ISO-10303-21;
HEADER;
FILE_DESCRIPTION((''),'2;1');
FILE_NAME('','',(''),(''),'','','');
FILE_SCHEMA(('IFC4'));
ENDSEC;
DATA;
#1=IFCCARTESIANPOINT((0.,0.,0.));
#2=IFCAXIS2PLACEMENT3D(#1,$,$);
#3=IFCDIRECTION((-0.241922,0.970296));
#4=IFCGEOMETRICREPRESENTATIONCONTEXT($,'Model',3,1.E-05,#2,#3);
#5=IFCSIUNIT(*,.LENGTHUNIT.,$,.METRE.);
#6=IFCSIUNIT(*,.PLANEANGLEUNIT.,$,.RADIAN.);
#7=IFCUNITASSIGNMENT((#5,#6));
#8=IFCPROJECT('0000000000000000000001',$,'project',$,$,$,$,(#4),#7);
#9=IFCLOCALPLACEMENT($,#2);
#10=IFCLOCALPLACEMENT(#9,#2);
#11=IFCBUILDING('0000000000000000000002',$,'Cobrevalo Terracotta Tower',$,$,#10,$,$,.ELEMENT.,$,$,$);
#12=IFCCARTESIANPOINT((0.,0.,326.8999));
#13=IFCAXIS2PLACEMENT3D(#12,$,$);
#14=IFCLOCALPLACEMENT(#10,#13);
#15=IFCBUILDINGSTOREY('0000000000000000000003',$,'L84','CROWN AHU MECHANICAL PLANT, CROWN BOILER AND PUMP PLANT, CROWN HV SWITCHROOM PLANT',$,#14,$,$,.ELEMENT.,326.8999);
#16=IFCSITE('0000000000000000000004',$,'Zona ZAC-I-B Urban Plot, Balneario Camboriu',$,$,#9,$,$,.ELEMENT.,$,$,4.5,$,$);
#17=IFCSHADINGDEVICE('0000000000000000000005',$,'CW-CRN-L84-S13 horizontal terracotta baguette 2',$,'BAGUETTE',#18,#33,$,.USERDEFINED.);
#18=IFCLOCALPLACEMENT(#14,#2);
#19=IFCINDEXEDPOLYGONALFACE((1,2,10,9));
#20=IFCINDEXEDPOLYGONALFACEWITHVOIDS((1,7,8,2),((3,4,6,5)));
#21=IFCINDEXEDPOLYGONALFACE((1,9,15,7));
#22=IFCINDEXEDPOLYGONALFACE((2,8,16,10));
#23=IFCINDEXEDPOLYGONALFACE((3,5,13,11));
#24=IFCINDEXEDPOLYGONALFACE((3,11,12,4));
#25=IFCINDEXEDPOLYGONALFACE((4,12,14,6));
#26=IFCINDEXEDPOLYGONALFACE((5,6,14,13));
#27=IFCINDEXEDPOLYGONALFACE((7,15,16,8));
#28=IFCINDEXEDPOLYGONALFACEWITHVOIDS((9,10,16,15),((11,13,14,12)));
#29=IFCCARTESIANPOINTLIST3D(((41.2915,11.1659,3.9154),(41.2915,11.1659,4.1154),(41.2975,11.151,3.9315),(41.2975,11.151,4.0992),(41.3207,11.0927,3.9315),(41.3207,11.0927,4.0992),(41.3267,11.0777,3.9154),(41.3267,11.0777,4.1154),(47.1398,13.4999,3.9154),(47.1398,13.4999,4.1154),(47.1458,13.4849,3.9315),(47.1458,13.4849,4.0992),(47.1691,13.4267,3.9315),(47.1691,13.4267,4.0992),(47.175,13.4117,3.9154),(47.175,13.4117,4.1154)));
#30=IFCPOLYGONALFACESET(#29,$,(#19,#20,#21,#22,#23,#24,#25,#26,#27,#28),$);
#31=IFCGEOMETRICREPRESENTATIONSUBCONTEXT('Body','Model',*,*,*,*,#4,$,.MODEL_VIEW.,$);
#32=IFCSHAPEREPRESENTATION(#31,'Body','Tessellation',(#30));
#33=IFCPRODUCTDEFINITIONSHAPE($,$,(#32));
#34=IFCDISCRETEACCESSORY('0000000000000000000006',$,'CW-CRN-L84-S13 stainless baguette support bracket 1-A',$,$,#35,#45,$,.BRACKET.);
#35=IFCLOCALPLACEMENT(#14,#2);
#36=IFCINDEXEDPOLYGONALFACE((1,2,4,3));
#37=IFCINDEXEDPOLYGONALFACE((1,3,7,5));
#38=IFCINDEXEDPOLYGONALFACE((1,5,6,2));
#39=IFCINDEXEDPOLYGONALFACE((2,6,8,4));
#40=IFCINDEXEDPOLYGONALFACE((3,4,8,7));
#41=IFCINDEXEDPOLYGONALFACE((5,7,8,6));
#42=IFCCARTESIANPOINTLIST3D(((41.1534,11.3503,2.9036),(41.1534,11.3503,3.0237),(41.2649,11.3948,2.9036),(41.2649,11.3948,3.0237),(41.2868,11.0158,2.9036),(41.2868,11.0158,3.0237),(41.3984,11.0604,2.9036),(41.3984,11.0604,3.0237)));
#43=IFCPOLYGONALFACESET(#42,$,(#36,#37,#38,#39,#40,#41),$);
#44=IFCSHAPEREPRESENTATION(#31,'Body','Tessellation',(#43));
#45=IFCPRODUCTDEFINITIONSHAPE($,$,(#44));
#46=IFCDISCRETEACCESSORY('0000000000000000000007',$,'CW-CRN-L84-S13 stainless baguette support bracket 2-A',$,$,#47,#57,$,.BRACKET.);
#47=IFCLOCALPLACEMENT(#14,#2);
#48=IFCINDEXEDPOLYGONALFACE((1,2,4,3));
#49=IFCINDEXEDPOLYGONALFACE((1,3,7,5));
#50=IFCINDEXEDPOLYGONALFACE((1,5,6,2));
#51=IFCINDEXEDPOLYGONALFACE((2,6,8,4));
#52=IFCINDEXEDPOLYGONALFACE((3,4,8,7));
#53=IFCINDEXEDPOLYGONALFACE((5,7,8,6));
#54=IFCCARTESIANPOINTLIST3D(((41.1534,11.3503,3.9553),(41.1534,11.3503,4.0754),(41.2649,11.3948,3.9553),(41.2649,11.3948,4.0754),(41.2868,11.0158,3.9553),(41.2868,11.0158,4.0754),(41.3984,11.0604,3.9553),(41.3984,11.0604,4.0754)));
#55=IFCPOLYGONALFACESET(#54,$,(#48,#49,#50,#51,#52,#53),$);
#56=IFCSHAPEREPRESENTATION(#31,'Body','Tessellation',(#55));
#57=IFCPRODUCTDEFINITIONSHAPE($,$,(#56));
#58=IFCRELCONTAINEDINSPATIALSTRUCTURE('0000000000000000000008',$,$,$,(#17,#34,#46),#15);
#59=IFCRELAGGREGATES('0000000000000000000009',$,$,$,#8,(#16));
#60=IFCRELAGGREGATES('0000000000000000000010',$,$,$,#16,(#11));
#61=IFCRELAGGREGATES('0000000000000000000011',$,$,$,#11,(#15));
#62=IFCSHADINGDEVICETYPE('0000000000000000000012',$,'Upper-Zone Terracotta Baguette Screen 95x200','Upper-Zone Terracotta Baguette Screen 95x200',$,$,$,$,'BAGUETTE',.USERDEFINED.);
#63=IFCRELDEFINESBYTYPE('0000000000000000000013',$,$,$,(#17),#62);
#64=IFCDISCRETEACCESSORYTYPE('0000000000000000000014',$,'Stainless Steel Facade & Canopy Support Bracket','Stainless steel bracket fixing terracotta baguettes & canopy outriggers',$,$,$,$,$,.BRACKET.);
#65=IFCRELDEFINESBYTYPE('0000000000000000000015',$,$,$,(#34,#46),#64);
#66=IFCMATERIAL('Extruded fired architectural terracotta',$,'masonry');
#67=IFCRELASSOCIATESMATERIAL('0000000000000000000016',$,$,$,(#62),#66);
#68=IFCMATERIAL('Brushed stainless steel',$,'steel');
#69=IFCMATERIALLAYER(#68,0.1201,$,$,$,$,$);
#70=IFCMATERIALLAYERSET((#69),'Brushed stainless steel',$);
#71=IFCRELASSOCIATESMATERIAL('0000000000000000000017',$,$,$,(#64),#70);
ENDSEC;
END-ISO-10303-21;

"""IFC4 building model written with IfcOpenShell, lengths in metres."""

from ifc_helpers import new_model, si_unit, direction, frame, origin, origin_2d, place, context, subcontext, project, spatial, rectangle, hollow_rectangle, extrude, source, transform, mapped, material, layer, layer_set, material_profile, profile_set, type_object, element, save


model = new_model("IFC4")

# Units and contexts
model_context = context("Model", 3, precision=1e-05, world=origin(), true_north=direction((-0.241922, 0.970296)))
body_context = subcontext(model_context, "Body", "Model", "MODEL_VIEW")
ifc_project = project(units=[si_unit("LENGTHUNIT", "METRE"), si_unit("PLANEANGLEUNIT", "RADIAN")], contexts=[model_context])

# Site, building, storey
site_placement = place(None, origin())
site = spatial("IfcSite", under=ifc_project, at=site_placement, Name="Zona ZAC-I-B Urban Plot, Balneario Camboriu", CompositionType="ELEMENT", RefElevation=4.5)
building_placement = place(site_placement, origin())
building = spatial("IfcBuilding", under=site, at=building_placement, Name="Cobrevalo Terracotta Tower", CompositionType="ELEMENT")
storey_placement = place(building_placement, frame((0.0, 0.0, 326.8999)))
storey = spatial("IfcBuildingStorey", under=building, at=storey_placement, Name="L84", Description="CROWN AHU MECHANICAL PLANT, CROWN BOILER AND PUMP PLANT, CROWN HV SWITCHROOM PLANT", CompositionType="ELEMENT", Elevation=326.8999)

# Shading device
ifc_material_1 = material(Name="Extruded fired architectural terracotta", Category="masonry")
ifc_material_profile_1 = material_profile(ifc_material_1, hollow_rectangle(XDim=0.095, YDim=0.2, WallThickness=0.0161, at=origin_2d()), Name="BAGUETTE 95x200")
ifc_profile_set_1 = profile_set([ifc_material_profile_1], Name="Extruded fired architectural terracotta")
shading_device_type = type_object("IfcShadingDeviceType", Name="Upper-Zone Terracotta Baguette Screen 95x200", Description="Upper-Zone Terracotta Baguette Screen 95x200", ElementType="BAGUETTE", PredefinedType="USERDEFINED", material=ifc_profile_set_1)
shared_shape_1 = source(origin(), body_context, "Body", "SweptSolid", [
    extrude(hollow_rectangle(XDim=0.095, YDim=0.2, WallThickness=0.0161, at=origin_2d()), origin(), (0.0, 0.0, 1.0), 6.2969),
])
for number, where, z_axis, x_axis, name in (
    (1, (41.3091, 11.1218, 4.0154), (0.928771, 0.370655, 0.0), (-0.370655, 0.928771, 0.0), "CW-CRN-L84-S13 horizontal terracotta baguette 2"),
):
    element("IfcShadingDevice", number, at=place(storey_placement, frame(where, z_axis=z_axis, x_axis=x_axis)), inside=storey, type_object=shading_device_type, Name=name, ObjectType="BAGUETTE", PredefinedType="USERDEFINED", context=body_context, shape_type="MappedRepresentation", body=[
        mapped(shared_shape_1, transform((0.0, 0.0, 0.0), scale=1.0)),
    ])

# Discrete accessories
ifc_material_2 = material(Name="Brushed stainless steel", Category="steel")
ifc_layer_1 = layer(ifc_material_2, 0.1201)
ifc_layer_set_1 = layer_set([ifc_layer_1], Name="Brushed stainless steel")
discrete_accessory_type = type_object("IfcDiscreteAccessoryType", Name="Stainless Steel Facade & Canopy Support Bracket", Description="Stainless steel bracket fixing terracotta baguettes & canopy outriggers", PredefinedType="BRACKET", material=ifc_layer_set_1)
shared_shape_2 = source(origin(), body_context, "Body", "SweptSolid", [
    extrude(rectangle(XDim=0.1201, YDim=0.3601, at=origin_2d()), origin(), (0.0, 0.0, 1.0), 0.1201),
])
for number, where, z_axis, x_axis, name in (
    (2, (41.2759, 11.2053, 2.9036), (0.0, 0.0, 1.0), (0.928769, 0.37066, 0.0), "CW-CRN-L84-S13 stainless baguette support bracket 1-A"),
    (3, (41.2759, 11.2053, 3.9553), (0.0, 0.0, 1.0), (0.928769, 0.37066, 0.0), "CW-CRN-L84-S13 stainless baguette support bracket 2-A"),
):
    element("IfcDiscreteAccessory", number, at=place(storey_placement, frame(where, z_axis=z_axis, x_axis=x_axis)), inside=storey, type_object=discrete_accessory_type, Name=name, PredefinedType="BRACKET", context=body_context, shape_type="MappedRepresentation", body=[
        mapped(shared_shape_2, transform((0.0, 0.0, 0.0), scale=1.0)),
    ])

save(model, "model.ifc")
